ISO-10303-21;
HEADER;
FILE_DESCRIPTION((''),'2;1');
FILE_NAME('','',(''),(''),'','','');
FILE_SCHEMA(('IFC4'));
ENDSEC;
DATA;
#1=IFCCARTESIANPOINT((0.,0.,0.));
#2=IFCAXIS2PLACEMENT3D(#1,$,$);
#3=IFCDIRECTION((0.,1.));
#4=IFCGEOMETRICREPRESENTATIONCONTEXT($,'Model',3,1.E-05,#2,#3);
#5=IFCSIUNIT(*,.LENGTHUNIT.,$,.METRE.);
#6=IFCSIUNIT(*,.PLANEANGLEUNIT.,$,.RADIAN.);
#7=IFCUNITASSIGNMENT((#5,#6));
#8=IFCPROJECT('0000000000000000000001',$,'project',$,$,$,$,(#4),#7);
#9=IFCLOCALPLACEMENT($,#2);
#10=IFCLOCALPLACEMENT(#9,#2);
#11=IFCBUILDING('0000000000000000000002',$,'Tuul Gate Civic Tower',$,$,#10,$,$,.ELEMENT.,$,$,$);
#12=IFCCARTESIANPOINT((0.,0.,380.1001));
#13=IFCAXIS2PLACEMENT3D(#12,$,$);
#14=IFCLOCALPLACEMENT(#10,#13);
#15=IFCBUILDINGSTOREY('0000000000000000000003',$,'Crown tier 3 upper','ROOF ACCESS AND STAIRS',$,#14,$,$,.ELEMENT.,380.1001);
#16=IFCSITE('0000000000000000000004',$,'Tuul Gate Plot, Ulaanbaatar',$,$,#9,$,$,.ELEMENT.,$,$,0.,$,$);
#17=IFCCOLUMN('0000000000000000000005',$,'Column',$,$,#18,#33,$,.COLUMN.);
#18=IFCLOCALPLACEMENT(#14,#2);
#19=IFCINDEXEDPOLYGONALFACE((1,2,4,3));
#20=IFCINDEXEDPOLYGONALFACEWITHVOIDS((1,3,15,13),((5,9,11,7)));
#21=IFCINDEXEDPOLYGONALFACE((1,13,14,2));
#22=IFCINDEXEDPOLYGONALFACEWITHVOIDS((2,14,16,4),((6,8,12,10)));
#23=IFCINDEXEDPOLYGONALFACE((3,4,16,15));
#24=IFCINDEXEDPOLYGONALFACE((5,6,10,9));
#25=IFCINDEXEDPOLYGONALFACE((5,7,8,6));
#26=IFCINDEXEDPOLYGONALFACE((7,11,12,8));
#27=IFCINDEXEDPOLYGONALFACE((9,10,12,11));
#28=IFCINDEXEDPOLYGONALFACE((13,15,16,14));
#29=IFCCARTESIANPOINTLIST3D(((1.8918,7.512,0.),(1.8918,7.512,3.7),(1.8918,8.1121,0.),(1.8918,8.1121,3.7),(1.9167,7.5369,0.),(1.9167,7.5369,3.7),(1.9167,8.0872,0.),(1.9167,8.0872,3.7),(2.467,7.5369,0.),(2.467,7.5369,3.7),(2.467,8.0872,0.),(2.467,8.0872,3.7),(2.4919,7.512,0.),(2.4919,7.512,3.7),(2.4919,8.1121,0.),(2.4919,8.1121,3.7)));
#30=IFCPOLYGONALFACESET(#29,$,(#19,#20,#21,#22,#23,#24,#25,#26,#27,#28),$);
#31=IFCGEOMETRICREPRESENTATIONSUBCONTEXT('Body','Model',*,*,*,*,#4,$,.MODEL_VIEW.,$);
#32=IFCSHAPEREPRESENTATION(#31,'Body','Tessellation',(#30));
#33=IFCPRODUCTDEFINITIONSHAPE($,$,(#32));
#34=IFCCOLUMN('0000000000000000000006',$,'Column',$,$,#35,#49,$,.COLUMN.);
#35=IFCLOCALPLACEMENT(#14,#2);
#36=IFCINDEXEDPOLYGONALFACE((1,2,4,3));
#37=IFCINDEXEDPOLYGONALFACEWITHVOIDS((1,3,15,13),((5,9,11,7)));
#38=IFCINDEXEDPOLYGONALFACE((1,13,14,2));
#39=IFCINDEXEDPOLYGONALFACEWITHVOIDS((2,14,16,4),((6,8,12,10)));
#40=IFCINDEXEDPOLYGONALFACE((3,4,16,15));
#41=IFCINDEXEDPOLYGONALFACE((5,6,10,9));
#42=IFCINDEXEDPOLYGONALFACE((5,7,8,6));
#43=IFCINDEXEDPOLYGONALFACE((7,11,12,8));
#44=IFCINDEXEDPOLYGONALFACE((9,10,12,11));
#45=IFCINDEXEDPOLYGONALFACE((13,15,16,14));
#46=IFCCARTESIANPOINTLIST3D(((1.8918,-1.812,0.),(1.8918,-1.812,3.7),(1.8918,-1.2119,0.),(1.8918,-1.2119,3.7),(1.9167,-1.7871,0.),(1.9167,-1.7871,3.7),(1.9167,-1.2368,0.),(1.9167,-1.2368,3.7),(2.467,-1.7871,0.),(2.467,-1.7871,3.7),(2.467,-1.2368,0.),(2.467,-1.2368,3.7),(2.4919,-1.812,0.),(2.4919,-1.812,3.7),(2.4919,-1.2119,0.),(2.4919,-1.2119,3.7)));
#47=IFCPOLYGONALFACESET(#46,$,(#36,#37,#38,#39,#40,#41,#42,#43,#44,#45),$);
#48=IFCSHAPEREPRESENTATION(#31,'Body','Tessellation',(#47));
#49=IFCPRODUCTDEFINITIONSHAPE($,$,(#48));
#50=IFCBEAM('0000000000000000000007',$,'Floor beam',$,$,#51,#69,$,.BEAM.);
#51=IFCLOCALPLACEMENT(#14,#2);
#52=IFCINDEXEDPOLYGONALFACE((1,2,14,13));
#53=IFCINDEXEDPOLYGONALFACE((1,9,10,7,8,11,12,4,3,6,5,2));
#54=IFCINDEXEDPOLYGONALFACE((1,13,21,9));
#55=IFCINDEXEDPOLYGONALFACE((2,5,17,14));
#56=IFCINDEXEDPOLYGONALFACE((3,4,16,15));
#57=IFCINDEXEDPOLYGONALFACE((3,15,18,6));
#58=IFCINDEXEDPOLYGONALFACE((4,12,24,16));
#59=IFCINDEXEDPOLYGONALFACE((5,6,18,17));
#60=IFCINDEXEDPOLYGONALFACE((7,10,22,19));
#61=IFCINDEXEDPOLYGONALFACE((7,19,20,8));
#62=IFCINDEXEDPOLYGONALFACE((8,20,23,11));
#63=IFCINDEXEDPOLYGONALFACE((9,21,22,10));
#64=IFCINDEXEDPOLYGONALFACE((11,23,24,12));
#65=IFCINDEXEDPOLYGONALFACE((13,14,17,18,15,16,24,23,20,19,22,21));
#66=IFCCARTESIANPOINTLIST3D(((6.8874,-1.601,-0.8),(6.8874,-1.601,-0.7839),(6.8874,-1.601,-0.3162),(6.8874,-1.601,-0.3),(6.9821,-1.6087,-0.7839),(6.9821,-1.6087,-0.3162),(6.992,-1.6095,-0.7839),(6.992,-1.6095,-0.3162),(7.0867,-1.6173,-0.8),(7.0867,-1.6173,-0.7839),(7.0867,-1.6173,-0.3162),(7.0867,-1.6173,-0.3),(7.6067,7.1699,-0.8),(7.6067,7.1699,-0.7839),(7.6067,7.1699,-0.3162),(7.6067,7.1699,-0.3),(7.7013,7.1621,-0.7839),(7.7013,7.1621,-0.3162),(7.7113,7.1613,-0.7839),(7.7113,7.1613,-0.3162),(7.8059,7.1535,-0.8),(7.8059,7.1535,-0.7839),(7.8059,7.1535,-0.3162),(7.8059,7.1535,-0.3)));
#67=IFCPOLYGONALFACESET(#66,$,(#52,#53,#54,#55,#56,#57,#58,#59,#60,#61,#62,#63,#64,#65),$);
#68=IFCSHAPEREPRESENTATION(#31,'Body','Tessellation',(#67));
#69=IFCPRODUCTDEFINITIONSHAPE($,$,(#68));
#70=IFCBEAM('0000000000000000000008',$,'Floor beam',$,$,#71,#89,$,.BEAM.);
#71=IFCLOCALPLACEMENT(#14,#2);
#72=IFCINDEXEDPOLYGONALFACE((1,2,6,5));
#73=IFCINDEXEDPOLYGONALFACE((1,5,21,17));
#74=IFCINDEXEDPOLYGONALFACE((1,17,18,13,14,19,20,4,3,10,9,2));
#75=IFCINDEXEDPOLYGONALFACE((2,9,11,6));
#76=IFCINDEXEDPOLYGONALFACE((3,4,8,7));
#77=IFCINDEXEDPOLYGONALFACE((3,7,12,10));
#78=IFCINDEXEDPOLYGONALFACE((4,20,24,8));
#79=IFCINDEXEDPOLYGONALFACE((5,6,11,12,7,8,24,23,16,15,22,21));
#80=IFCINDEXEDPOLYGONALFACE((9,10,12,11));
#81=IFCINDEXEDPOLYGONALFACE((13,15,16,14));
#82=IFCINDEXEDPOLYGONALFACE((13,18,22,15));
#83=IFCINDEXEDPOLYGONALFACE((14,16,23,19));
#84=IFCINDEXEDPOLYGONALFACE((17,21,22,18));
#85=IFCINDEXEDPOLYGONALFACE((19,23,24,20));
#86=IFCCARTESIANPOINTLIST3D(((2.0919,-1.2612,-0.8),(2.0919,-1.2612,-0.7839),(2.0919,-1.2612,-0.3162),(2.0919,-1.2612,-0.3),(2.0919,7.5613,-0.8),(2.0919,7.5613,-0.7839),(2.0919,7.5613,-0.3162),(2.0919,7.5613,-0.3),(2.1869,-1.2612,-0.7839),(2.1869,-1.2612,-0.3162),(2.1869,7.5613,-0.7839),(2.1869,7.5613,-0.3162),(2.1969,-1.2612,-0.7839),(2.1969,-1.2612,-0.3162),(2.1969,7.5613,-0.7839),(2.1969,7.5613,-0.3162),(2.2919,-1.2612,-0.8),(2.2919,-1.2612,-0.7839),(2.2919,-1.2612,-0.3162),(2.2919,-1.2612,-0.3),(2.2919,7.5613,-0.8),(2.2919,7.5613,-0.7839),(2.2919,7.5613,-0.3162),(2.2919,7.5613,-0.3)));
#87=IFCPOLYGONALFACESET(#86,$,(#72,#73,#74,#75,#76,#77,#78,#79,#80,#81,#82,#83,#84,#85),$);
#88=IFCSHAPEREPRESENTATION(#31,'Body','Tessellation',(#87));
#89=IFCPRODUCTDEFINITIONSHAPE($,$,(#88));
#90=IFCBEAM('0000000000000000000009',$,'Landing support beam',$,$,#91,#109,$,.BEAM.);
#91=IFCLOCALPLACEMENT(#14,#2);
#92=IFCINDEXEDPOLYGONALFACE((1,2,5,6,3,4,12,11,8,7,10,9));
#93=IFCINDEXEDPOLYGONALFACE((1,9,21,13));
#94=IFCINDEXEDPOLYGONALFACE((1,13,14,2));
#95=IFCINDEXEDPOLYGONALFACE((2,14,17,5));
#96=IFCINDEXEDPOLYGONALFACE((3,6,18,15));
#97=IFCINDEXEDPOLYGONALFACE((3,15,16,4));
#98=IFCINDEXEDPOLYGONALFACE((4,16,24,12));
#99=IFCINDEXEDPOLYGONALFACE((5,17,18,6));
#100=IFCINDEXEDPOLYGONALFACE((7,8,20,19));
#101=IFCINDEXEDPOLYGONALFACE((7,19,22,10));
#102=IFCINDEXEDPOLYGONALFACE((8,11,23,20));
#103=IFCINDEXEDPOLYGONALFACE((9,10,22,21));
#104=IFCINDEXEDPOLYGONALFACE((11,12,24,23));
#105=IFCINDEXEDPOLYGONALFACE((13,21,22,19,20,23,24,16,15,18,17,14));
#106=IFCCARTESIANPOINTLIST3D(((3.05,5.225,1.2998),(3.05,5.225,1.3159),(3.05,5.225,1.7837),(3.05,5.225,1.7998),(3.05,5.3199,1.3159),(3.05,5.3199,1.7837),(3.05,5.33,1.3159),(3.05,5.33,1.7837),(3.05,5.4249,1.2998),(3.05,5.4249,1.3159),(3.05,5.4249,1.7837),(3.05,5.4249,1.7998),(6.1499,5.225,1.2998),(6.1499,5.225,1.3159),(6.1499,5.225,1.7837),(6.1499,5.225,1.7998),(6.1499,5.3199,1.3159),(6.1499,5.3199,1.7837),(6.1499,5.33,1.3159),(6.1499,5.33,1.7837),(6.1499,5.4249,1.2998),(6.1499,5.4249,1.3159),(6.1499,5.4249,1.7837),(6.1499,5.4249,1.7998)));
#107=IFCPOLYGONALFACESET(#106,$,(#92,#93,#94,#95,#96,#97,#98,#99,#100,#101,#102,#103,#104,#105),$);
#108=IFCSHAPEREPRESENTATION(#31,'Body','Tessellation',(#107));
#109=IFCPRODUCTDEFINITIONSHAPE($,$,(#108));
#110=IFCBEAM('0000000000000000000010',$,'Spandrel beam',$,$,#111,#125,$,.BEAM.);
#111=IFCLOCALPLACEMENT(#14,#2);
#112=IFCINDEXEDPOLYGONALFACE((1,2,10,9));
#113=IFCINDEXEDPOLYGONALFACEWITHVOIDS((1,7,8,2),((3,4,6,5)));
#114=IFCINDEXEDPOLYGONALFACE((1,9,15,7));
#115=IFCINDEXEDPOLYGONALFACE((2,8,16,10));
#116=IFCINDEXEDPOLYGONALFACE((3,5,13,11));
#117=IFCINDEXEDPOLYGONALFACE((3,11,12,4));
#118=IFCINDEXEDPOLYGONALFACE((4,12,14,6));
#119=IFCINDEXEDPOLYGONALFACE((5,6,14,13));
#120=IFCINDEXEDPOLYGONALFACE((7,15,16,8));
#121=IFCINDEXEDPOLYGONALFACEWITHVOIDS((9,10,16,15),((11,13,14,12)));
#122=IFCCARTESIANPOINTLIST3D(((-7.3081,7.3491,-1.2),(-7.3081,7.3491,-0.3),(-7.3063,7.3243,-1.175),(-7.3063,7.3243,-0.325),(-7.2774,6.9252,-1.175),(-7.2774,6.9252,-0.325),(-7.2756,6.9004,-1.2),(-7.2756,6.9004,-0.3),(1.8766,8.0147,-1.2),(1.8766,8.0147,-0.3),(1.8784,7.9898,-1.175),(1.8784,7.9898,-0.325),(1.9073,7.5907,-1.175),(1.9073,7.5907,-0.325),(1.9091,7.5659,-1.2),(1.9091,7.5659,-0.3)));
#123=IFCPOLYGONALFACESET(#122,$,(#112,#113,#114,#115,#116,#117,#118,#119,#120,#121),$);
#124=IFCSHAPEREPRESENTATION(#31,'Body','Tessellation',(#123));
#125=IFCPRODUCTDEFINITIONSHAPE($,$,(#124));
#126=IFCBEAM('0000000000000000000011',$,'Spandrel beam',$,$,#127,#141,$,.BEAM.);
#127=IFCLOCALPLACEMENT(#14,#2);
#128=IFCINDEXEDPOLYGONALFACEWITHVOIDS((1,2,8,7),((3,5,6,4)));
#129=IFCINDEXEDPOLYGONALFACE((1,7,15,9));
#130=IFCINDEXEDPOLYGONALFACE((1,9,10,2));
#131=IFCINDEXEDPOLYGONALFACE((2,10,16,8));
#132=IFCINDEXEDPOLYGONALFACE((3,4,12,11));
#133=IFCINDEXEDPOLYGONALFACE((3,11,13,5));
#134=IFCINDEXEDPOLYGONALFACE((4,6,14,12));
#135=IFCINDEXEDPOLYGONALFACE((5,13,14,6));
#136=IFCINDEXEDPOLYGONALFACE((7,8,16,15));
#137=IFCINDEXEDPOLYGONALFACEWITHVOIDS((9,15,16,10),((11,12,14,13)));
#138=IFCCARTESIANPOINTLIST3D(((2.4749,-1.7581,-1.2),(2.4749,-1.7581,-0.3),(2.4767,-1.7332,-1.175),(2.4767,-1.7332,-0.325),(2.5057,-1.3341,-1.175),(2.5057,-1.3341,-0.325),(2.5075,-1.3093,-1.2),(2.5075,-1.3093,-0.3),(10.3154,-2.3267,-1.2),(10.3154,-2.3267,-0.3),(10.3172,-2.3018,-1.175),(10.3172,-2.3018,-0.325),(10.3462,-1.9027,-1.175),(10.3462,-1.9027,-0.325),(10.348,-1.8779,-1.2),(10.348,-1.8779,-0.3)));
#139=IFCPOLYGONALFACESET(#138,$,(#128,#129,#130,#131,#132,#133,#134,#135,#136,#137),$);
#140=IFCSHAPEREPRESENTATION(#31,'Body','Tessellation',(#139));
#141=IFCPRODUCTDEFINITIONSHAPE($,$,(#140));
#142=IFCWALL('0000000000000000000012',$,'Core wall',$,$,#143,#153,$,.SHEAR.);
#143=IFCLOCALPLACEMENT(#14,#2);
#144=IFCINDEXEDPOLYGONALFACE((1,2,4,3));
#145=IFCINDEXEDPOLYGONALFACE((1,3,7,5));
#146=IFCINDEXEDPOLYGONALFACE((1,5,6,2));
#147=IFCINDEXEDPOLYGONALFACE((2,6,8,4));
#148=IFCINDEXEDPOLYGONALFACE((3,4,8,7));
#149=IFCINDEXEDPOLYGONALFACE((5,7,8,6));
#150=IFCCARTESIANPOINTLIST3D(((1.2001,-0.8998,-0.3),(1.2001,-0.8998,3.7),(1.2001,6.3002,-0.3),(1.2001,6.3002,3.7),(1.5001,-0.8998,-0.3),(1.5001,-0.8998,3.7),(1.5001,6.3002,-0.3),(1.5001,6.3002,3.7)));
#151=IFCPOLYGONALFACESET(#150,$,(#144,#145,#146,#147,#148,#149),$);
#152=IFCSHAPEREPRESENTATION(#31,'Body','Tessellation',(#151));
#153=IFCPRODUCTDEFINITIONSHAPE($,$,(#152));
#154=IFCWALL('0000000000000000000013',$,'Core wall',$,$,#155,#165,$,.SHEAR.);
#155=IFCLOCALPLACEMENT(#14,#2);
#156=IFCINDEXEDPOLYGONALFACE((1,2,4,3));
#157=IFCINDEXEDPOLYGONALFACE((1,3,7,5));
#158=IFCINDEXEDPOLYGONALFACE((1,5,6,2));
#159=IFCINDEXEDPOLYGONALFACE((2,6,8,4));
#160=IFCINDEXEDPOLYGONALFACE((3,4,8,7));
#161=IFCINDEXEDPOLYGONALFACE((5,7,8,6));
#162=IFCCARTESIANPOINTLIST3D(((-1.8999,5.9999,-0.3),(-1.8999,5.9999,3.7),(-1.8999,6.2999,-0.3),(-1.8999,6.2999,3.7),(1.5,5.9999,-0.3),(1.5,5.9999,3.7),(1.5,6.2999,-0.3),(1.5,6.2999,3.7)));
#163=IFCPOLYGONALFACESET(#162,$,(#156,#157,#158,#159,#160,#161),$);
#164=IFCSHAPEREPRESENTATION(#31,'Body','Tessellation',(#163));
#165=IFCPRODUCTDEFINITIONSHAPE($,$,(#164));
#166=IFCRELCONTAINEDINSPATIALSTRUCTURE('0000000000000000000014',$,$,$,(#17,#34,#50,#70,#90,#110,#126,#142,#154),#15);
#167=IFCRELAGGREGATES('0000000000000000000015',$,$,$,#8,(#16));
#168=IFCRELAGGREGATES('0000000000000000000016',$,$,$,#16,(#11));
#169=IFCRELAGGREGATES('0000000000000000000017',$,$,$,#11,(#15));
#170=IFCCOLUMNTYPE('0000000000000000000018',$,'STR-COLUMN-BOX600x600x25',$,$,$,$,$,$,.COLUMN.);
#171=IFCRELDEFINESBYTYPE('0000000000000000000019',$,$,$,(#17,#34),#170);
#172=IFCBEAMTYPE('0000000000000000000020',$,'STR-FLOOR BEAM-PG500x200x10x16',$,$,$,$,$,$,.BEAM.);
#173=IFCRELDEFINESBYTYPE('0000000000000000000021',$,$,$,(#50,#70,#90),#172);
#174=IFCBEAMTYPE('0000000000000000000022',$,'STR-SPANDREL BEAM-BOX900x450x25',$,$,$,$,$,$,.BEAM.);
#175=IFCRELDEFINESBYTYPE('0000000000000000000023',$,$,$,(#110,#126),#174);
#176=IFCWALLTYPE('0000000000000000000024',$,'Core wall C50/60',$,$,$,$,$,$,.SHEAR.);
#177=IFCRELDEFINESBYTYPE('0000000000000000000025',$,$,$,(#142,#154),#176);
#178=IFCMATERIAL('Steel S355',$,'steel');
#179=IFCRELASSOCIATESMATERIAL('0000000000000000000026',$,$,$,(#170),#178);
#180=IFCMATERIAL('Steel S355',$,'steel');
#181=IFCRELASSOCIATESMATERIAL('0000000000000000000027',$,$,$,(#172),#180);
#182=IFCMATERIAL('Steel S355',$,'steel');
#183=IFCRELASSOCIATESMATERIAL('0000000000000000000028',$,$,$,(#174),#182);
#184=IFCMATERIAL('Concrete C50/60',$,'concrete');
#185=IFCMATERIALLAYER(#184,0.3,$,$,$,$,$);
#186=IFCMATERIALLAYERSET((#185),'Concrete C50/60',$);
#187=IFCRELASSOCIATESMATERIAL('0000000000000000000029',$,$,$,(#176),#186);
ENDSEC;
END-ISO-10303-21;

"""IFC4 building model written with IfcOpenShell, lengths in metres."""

from ifc_helpers import new_model, si_unit, direction, frame, frame_2d, origin, origin_2d, place, context, subcontext, project, spatial, rectangle, hollow_rectangle, i_section, extrude, material, layer, layer_set, material_profile, profile_set, type_object, element, save


model = new_model("IFC4")

# Units and contexts
model_context = context("Model", 3, precision=1e-05, world=origin(), true_north=direction((0.0, 1.0)))
body_context = subcontext(model_context, "Body", "Model", "MODEL_VIEW")
ifc_project = project(units=[si_unit("LENGTHUNIT", "METRE"), si_unit("PLANEANGLEUNIT", "RADIAN")], contexts=[model_context])

# Site, building, storey
site_placement = place(None, origin())
site = spatial("IfcSite", under=ifc_project, at=site_placement, Name="Tuul Gate Plot, Ulaanbaatar", CompositionType="ELEMENT", RefElevation=0.0)
building_placement = place(site_placement, origin())
building = spatial("IfcBuilding", under=site, at=building_placement, Name="Tuul Gate Civic Tower", CompositionType="ELEMENT")
storey_placement = place(building_placement, frame((0.0, 0.0, 380.1001)))
storey = spatial("IfcBuildingStorey", under=building, at=storey_placement, Name="Crown tier 3 upper", Description="ROOF ACCESS AND STAIRS", CompositionType="ELEMENT", Elevation=380.1001)

# Columns
ifc_material_1 = material(Name="Steel S355", Category="steel")
ifc_material_profile_1 = material_profile(ifc_material_1, hollow_rectangle(XDim=0.6001, YDim=0.6001, WallThickness=0.0249, at=origin_2d()), Name="BOX600x600x25")
ifc_profile_set_1 = profile_set([ifc_material_profile_1], Name="Steel S355")
column_type = type_object("IfcColumnType", Name="STR-COLUMN-BOX600x600x25", PredefinedType="COLUMN", material=ifc_profile_set_1)
for number, where, z_axis, x_axis, name in (
    (1, (2.1919, 7.812, 0.0), (0.0, 0.0, 1.0), (1.0, 0.0, 0.0), "Column"),
    (2, (2.1919, -1.512, 0.0), (0.0, 0.0, 1.0), (1.0, 0.0, 0.0), "Column"),
):
    element("IfcColumn", number, at=place(storey_placement, frame(where, z_axis=z_axis, x_axis=x_axis)), inside=storey, type_object=column_type, Name=name, PredefinedType="COLUMN", context=body_context, shape_type="SweptSolid", body=[
        extrude(hollow_rectangle(XDim=0.6001, YDim=0.6001, WallThickness=0.0249, at=origin_2d()), origin(), (0.0, 0.0, 1.0), 3.7),
    ])

# Beams
ifc_material_2 = material(Name="Steel S355", Category="steel")
ifc_material_profile_2 = material_profile(ifc_material_2, i_section(OverallWidth=0.2, OverallDepth=0.5, WebThickness=0.01, FlangeThickness=0.0161, at=origin_2d()), Name="PG500x200x10x16")
ifc_profile_set_2 = profile_set([ifc_material_profile_2], Name="Steel S355")
beam_type_1 = type_object("IfcBeamType", Name="STR-FLOOR BEAM-PG500x200x10x16", PredefinedType="BEAM", material=ifc_profile_set_2)
beam_1_placement = place(storey_placement, frame((6.9871, -1.6091, -0.55), z_axis=(0.08173, 0.996655, 0.0), x_axis=(-0.996655, 0.08173, 0.0)))
element("IfcBeam", 3, at=beam_1_placement, inside=storey, type_object=beam_type_1, Name="Floor beam", PredefinedType="BEAM", context=body_context, shape_type="SweptSolid", body=[
    extrude(i_section(OverallWidth=0.2, OverallDepth=0.5, WebThickness=0.01, FlangeThickness=0.0161, at=origin_2d()), origin(), (0.0, 0.0, 1.0), 8.8003),
])
beam_2_placement = place(storey_placement, frame((2.1919, -1.2612, -0.55), z_axis=(0.0, 1.0, 0.0), x_axis=(-1.0, 0.0, 0.0)))
element("IfcBeam", 4, at=beam_2_placement, inside=storey, type_object=beam_type_1, Name="Floor beam", PredefinedType="BEAM", context=body_context, shape_type="SweptSolid", body=[
    extrude(i_section(OverallWidth=0.2, OverallDepth=0.5, WebThickness=0.01, FlangeThickness=0.0161, at=origin_2d()), origin(), (0.0, 0.0, 1.0), 8.8225),
])
beam_3_placement = place(storey_placement, frame((3.05, 5.325, 1.5498), z_axis=(1.0, 0.0, 0.0), x_axis=(0.0, 1.0, 0.0)))
element("IfcBeam", 5, at=beam_3_placement, inside=storey, type_object=beam_type_1, Name="Landing support beam", PredefinedType="BEAM", context=body_context, shape_type="SweptSolid", body=[
    extrude(i_section(OverallWidth=0.2, OverallDepth=0.5, WebThickness=0.01, FlangeThickness=0.0161, at=origin_2d()), origin(), (0.0, 0.0, 1.0), 3.0999),
])
ifc_material_3 = material(Name="Steel S355", Category="steel")
ifc_material_profile_3 = material_profile(ifc_material_3, hollow_rectangle(XDim=0.45, YDim=0.8999, WallThickness=0.0249, at=origin_2d()), Name="BOX900x450x25")
ifc_profile_set_3 = profile_set([ifc_material_profile_3], Name="Steel S355")
beam_type_2 = type_object("IfcBeamType", Name="STR-SPANDREL BEAM-BOX900x450x25", PredefinedType="BEAM", material=ifc_profile_set_3)
beam_4_placement = place(storey_placement, frame((1.8928, 7.7903, -0.75), z_axis=(-0.997385, -0.072272, 0.0), x_axis=(0.072272, -0.997385, 0.0)))
element("IfcBeam", 6, at=beam_4_placement, inside=storey, type_object=beam_type_2, Name="Spandrel beam", PredefinedType="BEAM", context=body_context, shape_type="SweptSolid", body=[
    extrude(hollow_rectangle(XDim=0.45, YDim=0.8999, WallThickness=0.0249, at=origin_2d()), origin(), (0.0, 0.0, 1.0), 9.2087),
])
beam_5_placement = place(storey_placement, frame((2.4912, -1.5337, -0.75), z_axis=(0.997381, -0.072331, 0.0), x_axis=(0.072331, 0.997381, 0.0)))
element("IfcBeam", 7, at=beam_5_placement, inside=storey, type_object=beam_type_2, Name="Spandrel beam", PredefinedType="BEAM", context=body_context, shape_type="SweptSolid", body=[
    extrude(hollow_rectangle(XDim=0.45, YDim=0.8999, WallThickness=0.0249, at=origin_2d()), origin(), (0.0, 0.0, 1.0), 7.8611),
])

# Walls
ifc_material_4 = material(Name="Concrete C50/60", Category="concrete")
ifc_layer_1 = layer(ifc_material_4, 0.3)
ifc_layer_set_1 = layer_set([ifc_layer_1], Name="Concrete C50/60")
wall_type_1 = type_object("IfcWallType", Name="Core wall C50/60", PredefinedType="SHEAR", material=ifc_layer_set_1)
wall_1_placement = place(storey_placement, frame((1.3501, -0.8999, -0.3), z_axis=(0.0, 0.0, 1.0), x_axis=(0.0, 1.0, 0.0)))
element("IfcWall", 8, at=wall_1_placement, inside=storey, type_object=wall_type_1, Name="Core wall", PredefinedType="SHEAR", context=body_context, shape_type="SweptSolid", body=[
    extrude(rectangle(XDim=7.2, YDim=0.3, at=frame_2d((3.6001, 0.0))), origin(), (0.0, 0.0, 1.0), 4.0),
])
wall_2_placement = place(storey_placement, frame((1.5, 6.1499, -0.3), z_axis=(0.0, 0.0, 1.0), x_axis=(-1.0, 0.0, 0.0)))
element("IfcWall", 9, at=wall_2_placement, inside=storey, type_object=wall_type_1, Name="Core wall", PredefinedType="SHEAR", context=body_context, shape_type="SweptSolid", body=[
    extrude(rectangle(XDim=3.3999, YDim=0.3, at=frame_2d((1.7, 0.0))), origin(), (0.0, 0.0, 1.0), 4.0),
])

save(model, "model.ifc")
